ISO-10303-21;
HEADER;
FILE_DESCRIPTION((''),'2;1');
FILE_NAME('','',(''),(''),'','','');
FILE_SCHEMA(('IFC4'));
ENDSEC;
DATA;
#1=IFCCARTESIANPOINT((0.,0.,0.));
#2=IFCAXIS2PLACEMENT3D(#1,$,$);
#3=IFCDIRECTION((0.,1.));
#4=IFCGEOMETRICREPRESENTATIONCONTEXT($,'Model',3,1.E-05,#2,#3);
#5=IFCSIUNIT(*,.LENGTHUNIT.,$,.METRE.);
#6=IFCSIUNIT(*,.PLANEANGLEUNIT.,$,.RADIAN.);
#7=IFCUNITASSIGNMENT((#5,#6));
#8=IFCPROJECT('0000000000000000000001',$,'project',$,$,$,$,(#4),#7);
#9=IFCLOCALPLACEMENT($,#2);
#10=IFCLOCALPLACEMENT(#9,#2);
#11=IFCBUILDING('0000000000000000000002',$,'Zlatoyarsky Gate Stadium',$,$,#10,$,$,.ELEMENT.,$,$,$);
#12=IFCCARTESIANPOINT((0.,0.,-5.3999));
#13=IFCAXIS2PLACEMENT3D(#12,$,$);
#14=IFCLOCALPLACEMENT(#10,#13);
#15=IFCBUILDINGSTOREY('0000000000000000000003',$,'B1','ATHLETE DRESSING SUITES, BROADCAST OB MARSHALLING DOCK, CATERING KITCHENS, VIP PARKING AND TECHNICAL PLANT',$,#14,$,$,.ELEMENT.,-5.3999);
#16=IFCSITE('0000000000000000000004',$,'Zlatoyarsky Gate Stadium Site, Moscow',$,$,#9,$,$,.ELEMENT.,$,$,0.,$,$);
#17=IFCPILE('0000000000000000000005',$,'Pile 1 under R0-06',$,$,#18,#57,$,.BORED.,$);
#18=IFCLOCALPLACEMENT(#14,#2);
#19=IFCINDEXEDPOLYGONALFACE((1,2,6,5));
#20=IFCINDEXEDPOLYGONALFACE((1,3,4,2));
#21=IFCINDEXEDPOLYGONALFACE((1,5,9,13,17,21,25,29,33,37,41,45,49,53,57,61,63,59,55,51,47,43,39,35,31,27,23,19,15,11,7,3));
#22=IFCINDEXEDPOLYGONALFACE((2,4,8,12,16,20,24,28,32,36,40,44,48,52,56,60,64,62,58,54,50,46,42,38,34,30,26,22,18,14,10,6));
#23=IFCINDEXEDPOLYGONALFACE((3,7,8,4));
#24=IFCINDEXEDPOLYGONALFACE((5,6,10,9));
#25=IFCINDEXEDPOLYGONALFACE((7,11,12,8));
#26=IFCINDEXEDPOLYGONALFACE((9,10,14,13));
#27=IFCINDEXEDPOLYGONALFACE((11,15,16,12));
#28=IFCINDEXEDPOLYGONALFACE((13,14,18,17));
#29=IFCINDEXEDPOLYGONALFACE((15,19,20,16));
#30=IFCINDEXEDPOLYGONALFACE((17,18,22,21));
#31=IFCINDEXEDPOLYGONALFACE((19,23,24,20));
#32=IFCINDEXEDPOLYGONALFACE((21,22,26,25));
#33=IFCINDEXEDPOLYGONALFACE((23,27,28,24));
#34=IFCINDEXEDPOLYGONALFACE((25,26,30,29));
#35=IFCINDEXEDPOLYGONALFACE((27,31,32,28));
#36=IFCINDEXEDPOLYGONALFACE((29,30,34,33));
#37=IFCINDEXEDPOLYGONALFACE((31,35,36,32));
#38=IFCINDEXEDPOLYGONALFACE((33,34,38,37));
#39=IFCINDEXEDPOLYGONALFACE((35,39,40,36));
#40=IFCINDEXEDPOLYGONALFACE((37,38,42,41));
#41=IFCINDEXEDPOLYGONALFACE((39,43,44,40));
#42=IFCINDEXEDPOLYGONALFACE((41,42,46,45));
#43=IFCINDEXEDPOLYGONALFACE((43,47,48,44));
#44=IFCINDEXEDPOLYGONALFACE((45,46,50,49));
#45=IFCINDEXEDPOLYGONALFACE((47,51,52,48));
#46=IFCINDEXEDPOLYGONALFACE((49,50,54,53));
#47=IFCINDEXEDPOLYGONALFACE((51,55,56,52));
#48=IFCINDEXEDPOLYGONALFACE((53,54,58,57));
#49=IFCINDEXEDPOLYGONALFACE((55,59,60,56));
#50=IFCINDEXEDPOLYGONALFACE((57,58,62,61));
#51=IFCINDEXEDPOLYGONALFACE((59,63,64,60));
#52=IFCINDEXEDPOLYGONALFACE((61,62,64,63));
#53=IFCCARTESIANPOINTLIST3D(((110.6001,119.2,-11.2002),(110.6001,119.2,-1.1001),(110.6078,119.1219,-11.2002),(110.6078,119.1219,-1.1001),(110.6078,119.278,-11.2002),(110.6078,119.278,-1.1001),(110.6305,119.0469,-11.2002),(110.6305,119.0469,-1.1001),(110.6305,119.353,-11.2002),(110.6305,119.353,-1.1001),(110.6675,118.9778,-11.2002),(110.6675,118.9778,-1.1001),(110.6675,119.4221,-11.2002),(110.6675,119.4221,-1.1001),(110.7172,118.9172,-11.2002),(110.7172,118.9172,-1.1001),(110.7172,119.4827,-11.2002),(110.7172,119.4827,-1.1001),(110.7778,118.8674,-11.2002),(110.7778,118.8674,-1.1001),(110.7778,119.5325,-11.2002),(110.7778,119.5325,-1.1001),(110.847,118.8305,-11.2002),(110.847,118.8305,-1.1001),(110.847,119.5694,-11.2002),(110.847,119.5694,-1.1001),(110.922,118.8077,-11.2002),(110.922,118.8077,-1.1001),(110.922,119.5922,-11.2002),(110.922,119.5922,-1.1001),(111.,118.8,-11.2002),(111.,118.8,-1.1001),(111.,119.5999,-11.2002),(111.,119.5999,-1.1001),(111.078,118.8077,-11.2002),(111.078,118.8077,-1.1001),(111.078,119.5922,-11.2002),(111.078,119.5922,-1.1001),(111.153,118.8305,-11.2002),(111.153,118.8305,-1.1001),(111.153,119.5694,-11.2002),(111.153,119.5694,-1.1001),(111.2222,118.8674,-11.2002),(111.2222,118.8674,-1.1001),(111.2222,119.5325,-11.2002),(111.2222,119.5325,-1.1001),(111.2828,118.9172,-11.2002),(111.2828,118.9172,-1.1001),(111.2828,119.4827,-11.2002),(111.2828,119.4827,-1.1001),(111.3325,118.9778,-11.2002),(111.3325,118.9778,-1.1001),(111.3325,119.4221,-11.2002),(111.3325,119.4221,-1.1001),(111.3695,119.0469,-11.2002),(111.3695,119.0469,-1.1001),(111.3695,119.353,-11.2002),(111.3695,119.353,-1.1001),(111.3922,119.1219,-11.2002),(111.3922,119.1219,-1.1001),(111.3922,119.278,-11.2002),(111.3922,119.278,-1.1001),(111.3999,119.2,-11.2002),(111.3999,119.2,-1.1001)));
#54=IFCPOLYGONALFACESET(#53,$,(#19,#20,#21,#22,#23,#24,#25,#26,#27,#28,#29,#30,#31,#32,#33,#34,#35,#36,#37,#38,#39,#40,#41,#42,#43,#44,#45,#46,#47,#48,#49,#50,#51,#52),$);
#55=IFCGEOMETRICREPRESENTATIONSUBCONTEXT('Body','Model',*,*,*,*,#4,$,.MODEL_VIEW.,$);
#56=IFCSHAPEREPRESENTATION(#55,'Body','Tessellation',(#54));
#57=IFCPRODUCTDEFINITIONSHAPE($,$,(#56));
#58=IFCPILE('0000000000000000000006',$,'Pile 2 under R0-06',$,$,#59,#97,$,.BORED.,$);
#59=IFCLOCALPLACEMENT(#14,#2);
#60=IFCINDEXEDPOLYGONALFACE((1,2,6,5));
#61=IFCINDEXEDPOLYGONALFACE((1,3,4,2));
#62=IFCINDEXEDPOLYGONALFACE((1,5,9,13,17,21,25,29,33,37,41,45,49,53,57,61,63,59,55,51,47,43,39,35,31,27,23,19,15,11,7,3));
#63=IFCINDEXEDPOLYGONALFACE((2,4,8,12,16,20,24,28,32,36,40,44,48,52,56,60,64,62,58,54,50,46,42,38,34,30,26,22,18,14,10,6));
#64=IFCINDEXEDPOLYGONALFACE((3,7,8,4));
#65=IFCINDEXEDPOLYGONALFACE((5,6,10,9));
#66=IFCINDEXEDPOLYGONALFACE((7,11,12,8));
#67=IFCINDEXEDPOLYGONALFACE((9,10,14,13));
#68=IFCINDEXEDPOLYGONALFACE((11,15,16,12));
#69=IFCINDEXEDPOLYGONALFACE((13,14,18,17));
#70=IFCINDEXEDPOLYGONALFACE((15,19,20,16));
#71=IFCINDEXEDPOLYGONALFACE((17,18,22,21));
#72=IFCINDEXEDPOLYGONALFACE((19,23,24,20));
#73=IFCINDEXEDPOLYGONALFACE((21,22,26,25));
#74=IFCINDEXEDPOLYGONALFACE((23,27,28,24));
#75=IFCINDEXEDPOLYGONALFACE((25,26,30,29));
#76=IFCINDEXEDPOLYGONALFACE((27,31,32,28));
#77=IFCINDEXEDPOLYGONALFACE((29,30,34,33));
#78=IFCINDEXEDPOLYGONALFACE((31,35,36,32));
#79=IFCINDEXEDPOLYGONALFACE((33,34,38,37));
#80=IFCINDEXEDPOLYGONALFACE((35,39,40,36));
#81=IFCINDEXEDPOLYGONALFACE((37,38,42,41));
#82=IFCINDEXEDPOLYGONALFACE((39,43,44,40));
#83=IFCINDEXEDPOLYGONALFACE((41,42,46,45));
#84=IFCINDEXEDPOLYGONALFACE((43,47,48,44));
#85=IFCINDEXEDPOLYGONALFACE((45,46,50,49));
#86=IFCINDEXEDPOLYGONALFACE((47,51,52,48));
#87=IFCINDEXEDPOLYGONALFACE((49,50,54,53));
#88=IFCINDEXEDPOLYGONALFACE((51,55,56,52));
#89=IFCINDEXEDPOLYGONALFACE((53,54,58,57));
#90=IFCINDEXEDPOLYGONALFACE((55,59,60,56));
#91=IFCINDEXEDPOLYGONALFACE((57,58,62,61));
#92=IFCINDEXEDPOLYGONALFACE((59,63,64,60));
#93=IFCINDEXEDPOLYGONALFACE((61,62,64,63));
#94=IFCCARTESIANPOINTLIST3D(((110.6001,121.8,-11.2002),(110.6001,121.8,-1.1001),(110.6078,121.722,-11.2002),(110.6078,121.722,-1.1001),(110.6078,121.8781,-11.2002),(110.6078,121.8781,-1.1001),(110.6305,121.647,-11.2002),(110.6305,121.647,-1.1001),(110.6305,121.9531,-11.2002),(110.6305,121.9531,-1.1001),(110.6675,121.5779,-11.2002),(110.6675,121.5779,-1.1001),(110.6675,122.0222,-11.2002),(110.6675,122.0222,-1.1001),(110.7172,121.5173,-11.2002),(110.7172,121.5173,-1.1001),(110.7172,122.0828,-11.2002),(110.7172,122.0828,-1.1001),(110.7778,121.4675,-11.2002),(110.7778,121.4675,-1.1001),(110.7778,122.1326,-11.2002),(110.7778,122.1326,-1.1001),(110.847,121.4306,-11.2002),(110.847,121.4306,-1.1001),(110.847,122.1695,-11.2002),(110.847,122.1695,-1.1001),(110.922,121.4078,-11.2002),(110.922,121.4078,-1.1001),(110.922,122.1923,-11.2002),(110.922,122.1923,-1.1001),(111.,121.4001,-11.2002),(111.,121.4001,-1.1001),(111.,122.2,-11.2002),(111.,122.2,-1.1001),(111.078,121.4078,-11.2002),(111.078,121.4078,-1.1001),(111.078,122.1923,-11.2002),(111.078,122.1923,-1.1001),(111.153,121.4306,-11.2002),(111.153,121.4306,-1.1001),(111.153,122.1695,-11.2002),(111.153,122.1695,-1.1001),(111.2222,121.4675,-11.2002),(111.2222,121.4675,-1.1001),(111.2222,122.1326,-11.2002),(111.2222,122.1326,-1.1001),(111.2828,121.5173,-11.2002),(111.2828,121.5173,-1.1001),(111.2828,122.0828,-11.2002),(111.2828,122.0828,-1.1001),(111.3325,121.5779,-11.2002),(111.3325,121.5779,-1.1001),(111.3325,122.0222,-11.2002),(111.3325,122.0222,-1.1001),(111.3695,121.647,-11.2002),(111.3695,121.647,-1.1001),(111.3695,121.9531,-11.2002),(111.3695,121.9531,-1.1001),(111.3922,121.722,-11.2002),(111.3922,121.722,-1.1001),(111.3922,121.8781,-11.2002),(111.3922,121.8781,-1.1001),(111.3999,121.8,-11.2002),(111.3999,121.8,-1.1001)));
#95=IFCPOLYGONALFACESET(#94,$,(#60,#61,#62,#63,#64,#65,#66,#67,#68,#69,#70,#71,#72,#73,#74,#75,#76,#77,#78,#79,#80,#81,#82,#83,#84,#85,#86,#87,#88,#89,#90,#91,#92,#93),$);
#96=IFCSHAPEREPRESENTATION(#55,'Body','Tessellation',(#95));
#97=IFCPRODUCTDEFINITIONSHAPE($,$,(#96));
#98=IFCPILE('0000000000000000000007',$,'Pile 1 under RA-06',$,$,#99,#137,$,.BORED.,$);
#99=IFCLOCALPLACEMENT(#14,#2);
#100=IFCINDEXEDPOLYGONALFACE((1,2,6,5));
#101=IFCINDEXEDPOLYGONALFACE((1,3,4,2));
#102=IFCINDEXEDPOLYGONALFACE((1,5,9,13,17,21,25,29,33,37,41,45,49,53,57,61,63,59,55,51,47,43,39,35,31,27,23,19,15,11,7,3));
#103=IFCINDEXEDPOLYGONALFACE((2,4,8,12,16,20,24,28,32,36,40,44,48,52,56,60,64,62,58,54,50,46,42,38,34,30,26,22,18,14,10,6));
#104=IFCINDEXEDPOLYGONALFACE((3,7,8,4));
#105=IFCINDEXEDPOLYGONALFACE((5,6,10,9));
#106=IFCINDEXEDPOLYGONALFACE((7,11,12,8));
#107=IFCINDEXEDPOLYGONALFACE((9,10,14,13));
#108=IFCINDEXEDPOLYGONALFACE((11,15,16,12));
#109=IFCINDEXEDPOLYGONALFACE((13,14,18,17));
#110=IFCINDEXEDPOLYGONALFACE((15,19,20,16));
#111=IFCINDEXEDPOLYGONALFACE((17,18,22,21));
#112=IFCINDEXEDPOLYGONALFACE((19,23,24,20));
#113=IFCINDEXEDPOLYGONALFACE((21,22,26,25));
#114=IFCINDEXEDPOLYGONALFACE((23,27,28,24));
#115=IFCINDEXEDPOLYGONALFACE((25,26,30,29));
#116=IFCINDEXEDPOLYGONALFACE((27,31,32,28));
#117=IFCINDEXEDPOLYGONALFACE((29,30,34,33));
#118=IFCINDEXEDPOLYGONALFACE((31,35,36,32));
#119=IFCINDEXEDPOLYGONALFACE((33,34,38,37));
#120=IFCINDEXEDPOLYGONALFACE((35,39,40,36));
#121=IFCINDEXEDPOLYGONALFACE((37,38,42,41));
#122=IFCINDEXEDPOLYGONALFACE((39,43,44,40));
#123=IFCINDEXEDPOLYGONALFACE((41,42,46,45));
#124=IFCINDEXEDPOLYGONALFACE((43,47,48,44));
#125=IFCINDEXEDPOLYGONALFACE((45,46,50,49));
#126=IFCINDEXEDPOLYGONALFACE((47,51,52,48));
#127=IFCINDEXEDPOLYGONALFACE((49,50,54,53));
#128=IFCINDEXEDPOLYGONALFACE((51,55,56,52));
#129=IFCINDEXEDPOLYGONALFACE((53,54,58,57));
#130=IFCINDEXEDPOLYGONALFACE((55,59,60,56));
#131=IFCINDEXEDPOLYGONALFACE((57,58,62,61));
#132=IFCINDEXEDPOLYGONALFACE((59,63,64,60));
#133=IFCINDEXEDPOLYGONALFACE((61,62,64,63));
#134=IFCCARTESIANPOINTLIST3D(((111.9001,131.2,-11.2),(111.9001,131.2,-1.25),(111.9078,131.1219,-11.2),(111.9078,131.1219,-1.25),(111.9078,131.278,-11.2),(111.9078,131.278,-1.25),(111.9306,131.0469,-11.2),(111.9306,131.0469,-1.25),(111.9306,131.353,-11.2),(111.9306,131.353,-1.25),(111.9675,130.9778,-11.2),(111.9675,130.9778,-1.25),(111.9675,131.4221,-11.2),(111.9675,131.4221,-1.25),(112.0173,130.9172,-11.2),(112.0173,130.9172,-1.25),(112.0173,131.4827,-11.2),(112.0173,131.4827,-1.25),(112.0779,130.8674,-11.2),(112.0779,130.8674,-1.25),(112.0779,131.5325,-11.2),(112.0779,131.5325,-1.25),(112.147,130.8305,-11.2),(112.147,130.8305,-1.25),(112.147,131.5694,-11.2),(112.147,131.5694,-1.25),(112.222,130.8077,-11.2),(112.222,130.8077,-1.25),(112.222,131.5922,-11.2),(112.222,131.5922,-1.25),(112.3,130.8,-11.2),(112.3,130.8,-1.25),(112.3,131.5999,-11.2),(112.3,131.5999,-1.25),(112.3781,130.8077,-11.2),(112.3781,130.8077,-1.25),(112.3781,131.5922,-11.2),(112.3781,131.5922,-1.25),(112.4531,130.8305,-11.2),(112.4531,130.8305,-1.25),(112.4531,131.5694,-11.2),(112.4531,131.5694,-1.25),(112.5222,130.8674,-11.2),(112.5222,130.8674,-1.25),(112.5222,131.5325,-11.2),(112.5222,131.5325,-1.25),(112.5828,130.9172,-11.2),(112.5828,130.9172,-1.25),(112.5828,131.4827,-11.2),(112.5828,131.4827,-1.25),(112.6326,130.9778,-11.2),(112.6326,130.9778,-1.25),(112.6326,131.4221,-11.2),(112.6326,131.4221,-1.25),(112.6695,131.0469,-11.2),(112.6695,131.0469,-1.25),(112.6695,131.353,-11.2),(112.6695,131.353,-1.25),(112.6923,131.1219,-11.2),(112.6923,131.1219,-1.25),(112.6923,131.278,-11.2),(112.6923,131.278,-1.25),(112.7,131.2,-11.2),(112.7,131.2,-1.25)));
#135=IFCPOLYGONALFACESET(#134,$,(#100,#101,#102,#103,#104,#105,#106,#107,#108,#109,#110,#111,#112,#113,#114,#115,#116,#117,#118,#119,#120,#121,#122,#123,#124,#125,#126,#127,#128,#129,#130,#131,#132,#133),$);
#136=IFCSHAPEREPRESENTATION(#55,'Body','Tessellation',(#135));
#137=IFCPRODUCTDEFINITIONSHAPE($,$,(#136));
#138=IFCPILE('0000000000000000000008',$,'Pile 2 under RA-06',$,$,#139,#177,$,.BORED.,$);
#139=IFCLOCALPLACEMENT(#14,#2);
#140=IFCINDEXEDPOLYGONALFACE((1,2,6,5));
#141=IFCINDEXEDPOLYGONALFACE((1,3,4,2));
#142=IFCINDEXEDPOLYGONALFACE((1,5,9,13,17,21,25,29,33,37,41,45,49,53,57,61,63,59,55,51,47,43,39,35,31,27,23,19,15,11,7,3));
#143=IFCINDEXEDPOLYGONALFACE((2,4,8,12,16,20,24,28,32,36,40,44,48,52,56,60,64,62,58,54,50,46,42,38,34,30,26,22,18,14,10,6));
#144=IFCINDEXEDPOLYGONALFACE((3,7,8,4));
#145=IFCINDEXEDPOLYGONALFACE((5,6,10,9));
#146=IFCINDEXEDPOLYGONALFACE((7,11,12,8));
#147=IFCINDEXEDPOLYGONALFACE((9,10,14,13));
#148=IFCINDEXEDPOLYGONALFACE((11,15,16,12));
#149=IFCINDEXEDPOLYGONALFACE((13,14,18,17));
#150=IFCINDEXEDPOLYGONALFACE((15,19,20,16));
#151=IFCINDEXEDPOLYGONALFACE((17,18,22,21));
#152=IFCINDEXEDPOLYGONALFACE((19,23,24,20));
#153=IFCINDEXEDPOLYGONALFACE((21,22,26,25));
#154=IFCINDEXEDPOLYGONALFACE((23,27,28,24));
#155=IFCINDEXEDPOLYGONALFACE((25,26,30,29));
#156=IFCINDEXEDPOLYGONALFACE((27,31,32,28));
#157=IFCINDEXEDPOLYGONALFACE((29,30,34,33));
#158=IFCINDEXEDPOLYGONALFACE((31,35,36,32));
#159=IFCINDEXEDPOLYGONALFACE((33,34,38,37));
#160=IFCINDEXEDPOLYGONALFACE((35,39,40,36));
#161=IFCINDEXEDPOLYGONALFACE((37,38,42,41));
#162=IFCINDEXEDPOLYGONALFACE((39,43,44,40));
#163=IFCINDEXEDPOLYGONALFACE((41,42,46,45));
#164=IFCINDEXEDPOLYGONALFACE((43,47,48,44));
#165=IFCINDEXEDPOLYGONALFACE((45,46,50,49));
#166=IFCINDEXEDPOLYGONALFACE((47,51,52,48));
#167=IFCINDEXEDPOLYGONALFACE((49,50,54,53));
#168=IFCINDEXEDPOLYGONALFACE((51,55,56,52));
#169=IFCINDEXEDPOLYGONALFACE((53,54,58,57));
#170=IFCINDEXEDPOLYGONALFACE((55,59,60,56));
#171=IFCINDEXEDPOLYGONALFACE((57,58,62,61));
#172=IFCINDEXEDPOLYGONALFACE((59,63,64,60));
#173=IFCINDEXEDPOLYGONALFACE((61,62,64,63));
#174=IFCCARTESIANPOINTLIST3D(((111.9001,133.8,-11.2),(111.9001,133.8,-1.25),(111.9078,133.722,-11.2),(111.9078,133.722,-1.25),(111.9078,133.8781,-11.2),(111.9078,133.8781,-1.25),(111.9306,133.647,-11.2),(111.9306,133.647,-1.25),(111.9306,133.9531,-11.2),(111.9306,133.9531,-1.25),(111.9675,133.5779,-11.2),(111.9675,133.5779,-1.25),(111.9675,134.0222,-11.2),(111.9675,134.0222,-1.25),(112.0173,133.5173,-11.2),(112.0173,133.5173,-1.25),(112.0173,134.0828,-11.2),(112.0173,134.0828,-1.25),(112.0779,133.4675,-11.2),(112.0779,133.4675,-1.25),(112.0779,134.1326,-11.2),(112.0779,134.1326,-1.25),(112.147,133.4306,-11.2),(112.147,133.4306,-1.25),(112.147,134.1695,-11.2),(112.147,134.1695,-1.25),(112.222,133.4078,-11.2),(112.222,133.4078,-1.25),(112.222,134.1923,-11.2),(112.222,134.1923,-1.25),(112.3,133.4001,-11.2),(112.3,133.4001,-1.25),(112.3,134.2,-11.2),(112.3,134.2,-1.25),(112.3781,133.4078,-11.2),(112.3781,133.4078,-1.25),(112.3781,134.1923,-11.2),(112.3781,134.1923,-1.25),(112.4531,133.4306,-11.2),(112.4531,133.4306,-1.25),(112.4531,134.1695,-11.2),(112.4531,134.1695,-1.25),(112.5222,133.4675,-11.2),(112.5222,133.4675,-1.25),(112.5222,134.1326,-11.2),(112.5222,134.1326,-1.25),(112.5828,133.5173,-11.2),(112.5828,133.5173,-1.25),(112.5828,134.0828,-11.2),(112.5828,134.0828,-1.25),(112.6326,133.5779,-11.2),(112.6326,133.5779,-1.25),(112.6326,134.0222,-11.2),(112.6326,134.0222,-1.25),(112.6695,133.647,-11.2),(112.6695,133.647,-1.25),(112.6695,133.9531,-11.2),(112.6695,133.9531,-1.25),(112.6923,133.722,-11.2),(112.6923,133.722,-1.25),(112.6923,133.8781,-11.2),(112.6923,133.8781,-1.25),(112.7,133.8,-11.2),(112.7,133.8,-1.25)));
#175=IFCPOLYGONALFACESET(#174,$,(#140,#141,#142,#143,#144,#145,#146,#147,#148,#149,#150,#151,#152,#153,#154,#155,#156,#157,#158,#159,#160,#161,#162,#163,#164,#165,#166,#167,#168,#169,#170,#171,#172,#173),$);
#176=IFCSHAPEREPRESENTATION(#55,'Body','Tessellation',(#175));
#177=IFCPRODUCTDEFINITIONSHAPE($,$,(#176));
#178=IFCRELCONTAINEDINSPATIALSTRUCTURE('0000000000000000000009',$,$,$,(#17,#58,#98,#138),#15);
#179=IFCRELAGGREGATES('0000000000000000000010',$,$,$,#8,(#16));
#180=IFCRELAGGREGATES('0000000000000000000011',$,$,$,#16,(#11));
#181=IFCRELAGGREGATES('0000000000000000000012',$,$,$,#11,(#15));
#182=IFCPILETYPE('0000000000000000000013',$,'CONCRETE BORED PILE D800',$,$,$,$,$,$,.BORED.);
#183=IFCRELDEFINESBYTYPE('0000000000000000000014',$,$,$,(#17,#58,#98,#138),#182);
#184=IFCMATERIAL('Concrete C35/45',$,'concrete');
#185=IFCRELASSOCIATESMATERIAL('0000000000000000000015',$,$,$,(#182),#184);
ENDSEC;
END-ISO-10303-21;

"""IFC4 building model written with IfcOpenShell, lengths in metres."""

from ifc_helpers import new_model, si_unit, direction, frame, origin, origin_2d, place, context, subcontext, project, spatial, circle, extrude, material, material_profile, profile_set, type_object, element, save


model = new_model("IFC4")

# Units and contexts
model_context = context("Model", 3, precision=1e-05, world=origin(), true_north=direction((0.0, 1.0)))
body_context = subcontext(model_context, "Body", "Model", "MODEL_VIEW")
ifc_project = project(units=[si_unit("LENGTHUNIT", "METRE"), si_unit("PLANEANGLEUNIT", "RADIAN")], contexts=[model_context])

# Site, building, storey
site_placement = place(None, origin())
site = spatial("IfcSite", under=ifc_project, at=site_placement, Name="Zlatoyarsky Gate Stadium Site, Moscow", CompositionType="ELEMENT", RefElevation=0.0)
building_placement = place(site_placement, origin())
building = spatial("IfcBuilding", under=site, at=building_placement, Name="Zlatoyarsky Gate Stadium", CompositionType="ELEMENT")
storey_placement = place(building_placement, frame((0.0, 0.0, -5.3999)))
storey = spatial("IfcBuildingStorey", under=building, at=storey_placement, Name="B1", Description="ATHLETE DRESSING SUITES, BROADCAST OB MARSHALLING DOCK, CATERING KITCHENS, VIP PARKING AND TECHNICAL PLANT", CompositionType="ELEMENT", Elevation=-5.3999)

# Piles
ifc_material_1 = material(Name="Concrete C35/45", Category="concrete")
ifc_material_profile_1 = material_profile(ifc_material_1, circle(Radius=0.3999, at=origin_2d()), Name="BORED PILE D800")
ifc_profile_set_1 = profile_set([ifc_material_profile_1], Name="Concrete C35/45")
pile_type_1 = type_object("IfcPileType", Name="CONCRETE BORED PILE D800", PredefinedType="BORED", material=ifc_profile_set_1)
for number, where, z_axis, x_axis, name in (
    (1, (111.0, 119.2, -1.1001), (0.0, 0.0, -1.0), (1.0, 0.0, 0.0), "Pile 1 under R0-06"),
    (2, (111.0, 121.8, -1.1001), (0.0, 0.0, -1.0), (1.0, 0.0, 0.0), "Pile 2 under R0-06"),
):
    element("IfcPile", number, at=place(storey_placement, frame(where, z_axis=z_axis, x_axis=x_axis)), inside=storey, type_object=pile_type_1, Name=name, PredefinedType="BORED", context=body_context, shape_type="SweptSolid", body=[
        extrude(circle(Radius=0.3999, at=origin_2d()), origin(), (0.0, 0.0, 1.0), 10.1001),
    ])
for number, where, z_axis, x_axis, name in (
    (3, (112.3, 131.2, -1.25), (0.0, 0.0, -1.0), (1.0, 0.0, 0.0), "Pile 1 under RA-06"),
    (4, (112.3, 133.8, -1.25), (0.0, 0.0, -1.0), (1.0, 0.0, 0.0), "Pile 2 under RA-06"),
):
    element("IfcPile", number, at=place(storey_placement, frame(where, z_axis=z_axis, x_axis=x_axis)), inside=storey, type_object=pile_type_1, Name=name, PredefinedType="BORED", context=body_context, shape_type="SweptSolid", body=[
        extrude(circle(Radius=0.3999, at=origin_2d()), origin(), (0.0, 0.0, 1.0), 9.95),
    ])

save(model, "model.ifc")
